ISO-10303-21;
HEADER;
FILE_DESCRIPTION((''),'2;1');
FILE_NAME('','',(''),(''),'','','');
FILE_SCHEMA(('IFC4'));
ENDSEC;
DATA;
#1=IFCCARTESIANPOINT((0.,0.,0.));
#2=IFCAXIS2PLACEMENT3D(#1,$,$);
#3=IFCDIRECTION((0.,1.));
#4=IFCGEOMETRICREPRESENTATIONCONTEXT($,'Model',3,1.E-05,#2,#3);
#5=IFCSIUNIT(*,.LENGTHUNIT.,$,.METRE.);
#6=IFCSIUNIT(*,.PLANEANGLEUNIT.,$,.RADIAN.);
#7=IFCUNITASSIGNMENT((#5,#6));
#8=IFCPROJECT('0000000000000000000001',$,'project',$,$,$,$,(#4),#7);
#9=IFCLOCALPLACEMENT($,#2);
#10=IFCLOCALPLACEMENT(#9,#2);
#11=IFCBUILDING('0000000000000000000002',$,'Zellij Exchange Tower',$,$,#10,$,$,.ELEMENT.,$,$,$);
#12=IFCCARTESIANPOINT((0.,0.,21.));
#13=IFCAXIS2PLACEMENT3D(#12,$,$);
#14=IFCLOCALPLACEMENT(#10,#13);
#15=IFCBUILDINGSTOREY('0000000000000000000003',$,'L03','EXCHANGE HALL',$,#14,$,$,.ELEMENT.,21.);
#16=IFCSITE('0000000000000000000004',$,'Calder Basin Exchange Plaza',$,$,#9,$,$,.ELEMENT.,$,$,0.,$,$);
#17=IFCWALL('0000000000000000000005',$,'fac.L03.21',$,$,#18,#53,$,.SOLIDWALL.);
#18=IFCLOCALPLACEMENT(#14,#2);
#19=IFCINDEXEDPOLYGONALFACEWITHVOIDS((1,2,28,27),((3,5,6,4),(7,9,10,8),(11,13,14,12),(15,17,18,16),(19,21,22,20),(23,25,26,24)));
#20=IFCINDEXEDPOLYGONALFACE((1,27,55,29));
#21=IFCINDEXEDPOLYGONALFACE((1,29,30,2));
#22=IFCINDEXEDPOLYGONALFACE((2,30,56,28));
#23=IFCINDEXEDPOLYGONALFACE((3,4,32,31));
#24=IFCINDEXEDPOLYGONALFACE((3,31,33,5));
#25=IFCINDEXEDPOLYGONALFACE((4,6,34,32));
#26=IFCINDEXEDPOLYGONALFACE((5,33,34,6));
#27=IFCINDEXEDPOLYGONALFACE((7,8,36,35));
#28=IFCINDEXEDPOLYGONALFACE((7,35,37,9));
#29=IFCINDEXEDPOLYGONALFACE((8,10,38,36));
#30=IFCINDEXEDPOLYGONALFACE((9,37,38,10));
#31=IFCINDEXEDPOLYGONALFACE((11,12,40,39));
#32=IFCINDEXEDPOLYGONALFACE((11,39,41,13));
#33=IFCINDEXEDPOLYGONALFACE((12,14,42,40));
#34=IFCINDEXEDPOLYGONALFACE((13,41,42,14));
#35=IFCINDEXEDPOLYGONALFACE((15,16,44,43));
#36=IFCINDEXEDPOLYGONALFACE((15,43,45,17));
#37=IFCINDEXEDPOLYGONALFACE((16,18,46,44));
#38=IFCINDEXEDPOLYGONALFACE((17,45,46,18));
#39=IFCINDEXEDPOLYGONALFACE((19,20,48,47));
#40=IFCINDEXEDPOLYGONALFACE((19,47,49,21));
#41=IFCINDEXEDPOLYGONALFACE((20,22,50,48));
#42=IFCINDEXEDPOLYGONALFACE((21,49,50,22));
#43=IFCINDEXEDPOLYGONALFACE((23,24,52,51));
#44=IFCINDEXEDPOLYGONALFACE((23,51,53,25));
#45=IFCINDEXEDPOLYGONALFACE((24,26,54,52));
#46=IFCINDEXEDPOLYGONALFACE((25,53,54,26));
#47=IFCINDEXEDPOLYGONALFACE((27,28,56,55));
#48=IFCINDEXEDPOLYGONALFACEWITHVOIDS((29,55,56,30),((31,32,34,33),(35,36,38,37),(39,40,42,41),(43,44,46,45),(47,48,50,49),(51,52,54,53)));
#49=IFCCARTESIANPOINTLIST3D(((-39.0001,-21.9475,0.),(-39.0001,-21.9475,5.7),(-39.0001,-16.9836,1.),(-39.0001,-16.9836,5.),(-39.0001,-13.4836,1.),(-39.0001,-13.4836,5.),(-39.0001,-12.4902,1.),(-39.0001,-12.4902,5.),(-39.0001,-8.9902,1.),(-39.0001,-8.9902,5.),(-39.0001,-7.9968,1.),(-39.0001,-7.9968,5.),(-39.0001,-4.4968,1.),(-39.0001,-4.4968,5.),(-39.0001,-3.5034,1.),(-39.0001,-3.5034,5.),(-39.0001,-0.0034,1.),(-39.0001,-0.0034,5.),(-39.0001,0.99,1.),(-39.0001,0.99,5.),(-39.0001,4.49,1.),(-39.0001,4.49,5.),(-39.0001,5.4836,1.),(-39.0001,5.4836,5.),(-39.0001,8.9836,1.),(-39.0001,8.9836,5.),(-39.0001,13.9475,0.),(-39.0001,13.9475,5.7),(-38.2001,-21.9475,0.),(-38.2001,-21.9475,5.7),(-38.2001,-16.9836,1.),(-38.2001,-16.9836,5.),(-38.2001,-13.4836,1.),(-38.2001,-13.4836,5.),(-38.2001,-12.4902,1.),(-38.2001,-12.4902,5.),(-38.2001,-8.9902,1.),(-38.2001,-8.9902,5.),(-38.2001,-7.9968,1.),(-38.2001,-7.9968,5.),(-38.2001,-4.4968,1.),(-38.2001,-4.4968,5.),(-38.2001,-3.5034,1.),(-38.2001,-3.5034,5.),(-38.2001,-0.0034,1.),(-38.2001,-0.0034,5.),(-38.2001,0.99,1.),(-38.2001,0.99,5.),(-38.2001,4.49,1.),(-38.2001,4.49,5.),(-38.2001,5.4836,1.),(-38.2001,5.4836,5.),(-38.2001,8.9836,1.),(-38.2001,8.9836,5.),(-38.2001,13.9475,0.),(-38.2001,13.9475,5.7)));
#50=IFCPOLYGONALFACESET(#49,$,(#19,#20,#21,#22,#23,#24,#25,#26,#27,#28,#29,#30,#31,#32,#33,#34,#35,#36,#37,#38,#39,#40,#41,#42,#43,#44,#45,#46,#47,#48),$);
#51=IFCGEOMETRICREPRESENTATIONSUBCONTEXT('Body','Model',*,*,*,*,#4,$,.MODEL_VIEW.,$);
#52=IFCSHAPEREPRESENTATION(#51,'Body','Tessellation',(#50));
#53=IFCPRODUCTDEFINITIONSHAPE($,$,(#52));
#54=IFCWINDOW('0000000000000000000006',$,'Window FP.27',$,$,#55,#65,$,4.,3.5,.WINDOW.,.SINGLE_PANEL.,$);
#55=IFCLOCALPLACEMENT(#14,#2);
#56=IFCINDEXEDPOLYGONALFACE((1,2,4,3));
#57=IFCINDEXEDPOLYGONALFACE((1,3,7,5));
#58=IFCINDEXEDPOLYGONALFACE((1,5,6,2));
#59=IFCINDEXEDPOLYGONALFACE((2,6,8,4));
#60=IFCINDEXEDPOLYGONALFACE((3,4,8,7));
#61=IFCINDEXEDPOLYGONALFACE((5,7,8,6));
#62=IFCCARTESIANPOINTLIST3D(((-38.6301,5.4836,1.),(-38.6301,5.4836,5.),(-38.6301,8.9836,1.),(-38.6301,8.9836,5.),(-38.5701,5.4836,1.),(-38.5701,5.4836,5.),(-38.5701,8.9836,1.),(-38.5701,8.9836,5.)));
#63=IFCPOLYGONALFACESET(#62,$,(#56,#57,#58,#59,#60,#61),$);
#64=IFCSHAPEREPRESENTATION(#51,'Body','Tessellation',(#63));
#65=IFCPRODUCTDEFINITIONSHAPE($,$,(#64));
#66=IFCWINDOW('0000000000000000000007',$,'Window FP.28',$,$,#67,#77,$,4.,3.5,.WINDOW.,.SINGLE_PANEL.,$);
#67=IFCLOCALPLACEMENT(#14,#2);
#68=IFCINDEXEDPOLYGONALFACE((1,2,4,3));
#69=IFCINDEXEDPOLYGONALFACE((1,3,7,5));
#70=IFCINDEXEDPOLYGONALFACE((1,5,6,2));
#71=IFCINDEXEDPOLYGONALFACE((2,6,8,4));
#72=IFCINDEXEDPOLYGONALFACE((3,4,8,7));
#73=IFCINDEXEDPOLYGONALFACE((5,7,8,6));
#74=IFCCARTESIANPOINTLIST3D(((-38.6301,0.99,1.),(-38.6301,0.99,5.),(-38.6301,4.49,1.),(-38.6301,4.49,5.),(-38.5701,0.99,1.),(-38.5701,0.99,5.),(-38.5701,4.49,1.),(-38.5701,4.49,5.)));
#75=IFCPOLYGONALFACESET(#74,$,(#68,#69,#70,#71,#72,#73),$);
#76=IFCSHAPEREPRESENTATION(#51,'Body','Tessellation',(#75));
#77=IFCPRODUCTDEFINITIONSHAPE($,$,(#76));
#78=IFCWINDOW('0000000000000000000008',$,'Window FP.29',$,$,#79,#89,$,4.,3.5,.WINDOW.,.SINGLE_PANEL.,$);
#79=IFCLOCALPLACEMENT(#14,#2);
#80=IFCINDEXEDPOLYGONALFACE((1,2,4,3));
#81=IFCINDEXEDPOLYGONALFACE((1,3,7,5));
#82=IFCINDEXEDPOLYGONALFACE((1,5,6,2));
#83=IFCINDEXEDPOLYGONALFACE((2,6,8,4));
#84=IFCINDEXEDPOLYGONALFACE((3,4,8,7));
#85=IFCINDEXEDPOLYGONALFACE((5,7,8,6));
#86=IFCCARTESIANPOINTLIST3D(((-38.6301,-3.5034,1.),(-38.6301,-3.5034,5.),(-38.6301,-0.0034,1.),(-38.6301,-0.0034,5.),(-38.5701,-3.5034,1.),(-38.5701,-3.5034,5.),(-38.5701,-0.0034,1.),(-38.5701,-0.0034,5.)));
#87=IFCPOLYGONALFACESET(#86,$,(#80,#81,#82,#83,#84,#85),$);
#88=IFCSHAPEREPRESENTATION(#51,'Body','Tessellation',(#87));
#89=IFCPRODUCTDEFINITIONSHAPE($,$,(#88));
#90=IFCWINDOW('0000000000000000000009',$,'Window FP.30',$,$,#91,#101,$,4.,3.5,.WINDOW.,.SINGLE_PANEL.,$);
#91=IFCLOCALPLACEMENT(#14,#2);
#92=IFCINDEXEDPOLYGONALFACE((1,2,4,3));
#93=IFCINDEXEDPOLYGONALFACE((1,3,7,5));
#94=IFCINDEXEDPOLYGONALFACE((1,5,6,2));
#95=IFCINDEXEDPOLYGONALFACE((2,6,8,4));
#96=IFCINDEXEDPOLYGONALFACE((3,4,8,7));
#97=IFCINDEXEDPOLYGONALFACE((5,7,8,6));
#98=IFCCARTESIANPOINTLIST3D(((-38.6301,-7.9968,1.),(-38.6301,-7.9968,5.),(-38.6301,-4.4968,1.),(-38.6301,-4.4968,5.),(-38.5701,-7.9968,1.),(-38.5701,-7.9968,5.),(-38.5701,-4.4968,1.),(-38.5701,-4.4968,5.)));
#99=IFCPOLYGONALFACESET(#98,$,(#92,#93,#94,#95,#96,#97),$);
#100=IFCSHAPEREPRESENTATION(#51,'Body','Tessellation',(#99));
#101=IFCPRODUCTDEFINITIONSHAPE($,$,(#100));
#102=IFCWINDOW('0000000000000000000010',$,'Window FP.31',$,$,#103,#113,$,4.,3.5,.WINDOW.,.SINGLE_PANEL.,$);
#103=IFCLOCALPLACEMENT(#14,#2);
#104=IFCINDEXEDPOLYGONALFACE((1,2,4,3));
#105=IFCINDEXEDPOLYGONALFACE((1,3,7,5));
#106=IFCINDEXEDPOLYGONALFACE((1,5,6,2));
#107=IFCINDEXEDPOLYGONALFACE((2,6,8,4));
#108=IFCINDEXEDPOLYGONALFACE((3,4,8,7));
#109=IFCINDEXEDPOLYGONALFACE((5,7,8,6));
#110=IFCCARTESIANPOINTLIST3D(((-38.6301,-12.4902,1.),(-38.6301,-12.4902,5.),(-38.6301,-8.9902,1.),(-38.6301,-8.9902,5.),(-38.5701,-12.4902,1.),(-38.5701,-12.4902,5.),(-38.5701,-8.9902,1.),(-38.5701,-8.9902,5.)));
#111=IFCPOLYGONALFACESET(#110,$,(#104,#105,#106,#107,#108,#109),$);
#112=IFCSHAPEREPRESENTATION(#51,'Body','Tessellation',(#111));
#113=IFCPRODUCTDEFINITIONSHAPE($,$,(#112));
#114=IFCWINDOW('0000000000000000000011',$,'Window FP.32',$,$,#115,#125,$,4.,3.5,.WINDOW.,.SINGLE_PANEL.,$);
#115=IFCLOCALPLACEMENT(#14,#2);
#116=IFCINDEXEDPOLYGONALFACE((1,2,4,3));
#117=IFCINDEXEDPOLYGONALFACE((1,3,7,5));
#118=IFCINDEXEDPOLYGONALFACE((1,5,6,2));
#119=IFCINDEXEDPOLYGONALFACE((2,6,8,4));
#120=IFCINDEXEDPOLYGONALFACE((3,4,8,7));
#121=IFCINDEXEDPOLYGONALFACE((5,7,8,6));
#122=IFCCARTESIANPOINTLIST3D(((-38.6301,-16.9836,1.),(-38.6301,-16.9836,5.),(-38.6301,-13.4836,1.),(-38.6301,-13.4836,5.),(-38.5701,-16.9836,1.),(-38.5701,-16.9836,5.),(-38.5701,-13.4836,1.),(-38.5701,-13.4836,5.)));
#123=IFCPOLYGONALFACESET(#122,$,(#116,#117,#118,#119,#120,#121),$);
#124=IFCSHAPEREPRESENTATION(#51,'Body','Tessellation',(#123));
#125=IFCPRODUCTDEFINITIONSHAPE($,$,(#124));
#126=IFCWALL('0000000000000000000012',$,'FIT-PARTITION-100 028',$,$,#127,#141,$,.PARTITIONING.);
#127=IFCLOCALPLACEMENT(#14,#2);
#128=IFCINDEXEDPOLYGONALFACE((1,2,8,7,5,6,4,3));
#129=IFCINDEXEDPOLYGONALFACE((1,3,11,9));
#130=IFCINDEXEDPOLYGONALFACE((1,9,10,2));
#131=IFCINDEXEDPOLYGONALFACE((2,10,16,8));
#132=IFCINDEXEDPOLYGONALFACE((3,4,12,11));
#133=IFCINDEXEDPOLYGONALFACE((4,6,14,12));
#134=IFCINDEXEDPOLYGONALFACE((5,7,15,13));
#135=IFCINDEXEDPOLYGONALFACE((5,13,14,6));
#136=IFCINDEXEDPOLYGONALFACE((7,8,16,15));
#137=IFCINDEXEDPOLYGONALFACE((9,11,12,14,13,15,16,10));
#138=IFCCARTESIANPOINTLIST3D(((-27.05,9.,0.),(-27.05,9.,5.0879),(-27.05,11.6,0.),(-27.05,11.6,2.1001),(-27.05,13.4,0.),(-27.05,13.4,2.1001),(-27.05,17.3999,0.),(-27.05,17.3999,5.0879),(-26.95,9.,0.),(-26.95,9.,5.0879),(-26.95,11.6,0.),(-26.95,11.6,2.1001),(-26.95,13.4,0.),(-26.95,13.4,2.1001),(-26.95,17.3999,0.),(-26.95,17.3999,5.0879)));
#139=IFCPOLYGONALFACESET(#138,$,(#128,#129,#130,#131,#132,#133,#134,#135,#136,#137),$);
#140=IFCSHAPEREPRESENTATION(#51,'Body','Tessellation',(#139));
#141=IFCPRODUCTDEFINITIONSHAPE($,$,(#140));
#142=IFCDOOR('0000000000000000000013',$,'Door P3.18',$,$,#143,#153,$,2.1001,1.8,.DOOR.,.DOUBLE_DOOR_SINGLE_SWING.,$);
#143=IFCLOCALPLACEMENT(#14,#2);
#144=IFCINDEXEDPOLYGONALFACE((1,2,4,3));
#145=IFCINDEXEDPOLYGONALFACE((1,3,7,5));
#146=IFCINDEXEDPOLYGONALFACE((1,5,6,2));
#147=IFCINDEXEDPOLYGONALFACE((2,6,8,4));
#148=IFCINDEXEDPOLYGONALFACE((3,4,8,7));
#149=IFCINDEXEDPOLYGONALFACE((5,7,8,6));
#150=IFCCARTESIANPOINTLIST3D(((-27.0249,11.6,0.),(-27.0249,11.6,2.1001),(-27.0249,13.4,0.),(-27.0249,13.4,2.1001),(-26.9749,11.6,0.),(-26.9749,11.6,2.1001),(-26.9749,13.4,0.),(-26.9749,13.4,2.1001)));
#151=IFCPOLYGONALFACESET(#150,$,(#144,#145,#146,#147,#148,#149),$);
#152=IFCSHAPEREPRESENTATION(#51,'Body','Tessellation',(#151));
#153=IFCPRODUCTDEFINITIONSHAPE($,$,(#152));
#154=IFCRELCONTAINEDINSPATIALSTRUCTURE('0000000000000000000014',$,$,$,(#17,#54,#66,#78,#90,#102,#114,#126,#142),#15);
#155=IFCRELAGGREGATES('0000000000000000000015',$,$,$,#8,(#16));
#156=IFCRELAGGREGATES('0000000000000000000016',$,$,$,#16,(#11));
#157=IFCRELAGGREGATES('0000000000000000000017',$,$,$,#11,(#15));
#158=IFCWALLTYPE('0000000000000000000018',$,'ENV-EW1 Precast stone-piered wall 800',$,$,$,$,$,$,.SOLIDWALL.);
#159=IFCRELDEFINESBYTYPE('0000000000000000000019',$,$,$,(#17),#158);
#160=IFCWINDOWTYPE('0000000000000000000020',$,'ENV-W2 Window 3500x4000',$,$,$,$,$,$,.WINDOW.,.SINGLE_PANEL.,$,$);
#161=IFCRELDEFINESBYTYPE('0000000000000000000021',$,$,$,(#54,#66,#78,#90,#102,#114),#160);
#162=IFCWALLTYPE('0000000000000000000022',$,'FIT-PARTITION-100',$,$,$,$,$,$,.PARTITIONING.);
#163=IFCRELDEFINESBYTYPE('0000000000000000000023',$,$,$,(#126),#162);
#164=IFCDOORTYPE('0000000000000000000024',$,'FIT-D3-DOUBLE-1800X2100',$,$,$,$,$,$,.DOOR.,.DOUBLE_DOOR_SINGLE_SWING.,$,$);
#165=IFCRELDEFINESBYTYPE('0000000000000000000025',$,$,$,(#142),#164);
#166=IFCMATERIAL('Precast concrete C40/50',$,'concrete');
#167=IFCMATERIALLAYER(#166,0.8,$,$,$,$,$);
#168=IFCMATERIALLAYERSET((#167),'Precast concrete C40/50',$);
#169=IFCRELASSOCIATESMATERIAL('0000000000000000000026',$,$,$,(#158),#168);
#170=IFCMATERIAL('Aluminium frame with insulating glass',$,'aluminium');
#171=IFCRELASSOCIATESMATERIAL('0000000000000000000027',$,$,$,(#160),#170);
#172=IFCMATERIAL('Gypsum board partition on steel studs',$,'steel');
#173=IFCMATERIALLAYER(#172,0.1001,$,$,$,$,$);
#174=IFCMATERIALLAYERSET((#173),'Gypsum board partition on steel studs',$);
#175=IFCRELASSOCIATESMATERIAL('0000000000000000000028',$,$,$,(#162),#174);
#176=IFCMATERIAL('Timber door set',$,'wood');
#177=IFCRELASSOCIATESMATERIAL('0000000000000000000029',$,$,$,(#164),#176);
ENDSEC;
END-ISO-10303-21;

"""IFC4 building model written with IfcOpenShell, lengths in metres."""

from ifc_helpers import new_model, si_unit, direction, frame, frame_2d, origin, place, context, subcontext, project, spatial, rectangle, extrude, material, layer, layer_set, type_object, element, fill, save


model = new_model("IFC4")

# Units and contexts
model_context = context("Model", 3, precision=1e-05, world=origin(), true_north=direction((0.0, 1.0)))
body_context = subcontext(model_context, "Body", "Model", "MODEL_VIEW")
ifc_project = project(units=[si_unit("LENGTHUNIT", "METRE"), si_unit("PLANEANGLEUNIT", "RADIAN")], contexts=[model_context])

# Site, building, storey
site_placement = place(None, origin())
site = spatial("IfcSite", under=ifc_project, at=site_placement, Name="Calder Basin Exchange Plaza", CompositionType="ELEMENT", RefElevation=0.0)
building_placement = place(site_placement, origin())
building = spatial("IfcBuilding", under=site, at=building_placement, Name="Zellij Exchange Tower", CompositionType="ELEMENT")
storey_placement = place(building_placement, frame((0.0, 0.0, 21.0)))
storey = spatial("IfcBuildingStorey", under=building, at=storey_placement, Name="L03", Description="EXCHANGE HALL", CompositionType="ELEMENT", Elevation=21.0)

# Shared definitions
ifc_material_1 = material(Name="Precast concrete C40/50", Category="concrete")
ifc_layer_1 = layer(ifc_material_1, 0.8)
ifc_layer_set_1 = layer_set([ifc_layer_1], Name="Precast concrete C40/50")
wall_type_1 = type_object("IfcWallType", Name="ENV-EW1 Precast stone-piered wall 800", PredefinedType="SOLIDWALL", material=ifc_layer_set_1)

# Wall, openings, windows
wall_1_placement = place(storey_placement, frame((-38.6001, 13.9475, 0.0), z_axis=(0.0, 0.0, 1.0), x_axis=(0.0, -1.0, 0.0)))
wall_1 = element("IfcWall", 1, at=wall_1_placement, inside=storey, type_object=wall_type_1, Name="fac.L03.21", PredefinedType="SOLIDWALL", context=body_context, shape_type="SweptSolid", body=[
    extrude(rectangle(XDim=35.895, YDim=0.8, at=frame_2d((17.9475, 0.0))), origin(), (0.0, 0.0, 1.0), 5.7),
])
opening_1_placement = place(wall_1_placement, frame((4.9639, 0.0, 1.0)))
opening_1 = element("IfcOpeningElement", 2, at=opening_1_placement, cuts=wall_1, PredefinedType="OPENING", context=body_context, shape_type="SweptSolid", body=[
    extrude(rectangle(XDim=3.5, YDim=4.0, at=frame_2d((1.75, 2.0))), frame((0.0, 0.4121, 0.0), z_axis=(0.0, -1.0, 0.0), x_axis=(1.0, 0.0, 0.0)), (0.0, 0.0, 1.0), 0.824),
])
opening_2_placement = place(wall_1_placement, frame((9.4575, 0.0, 1.0)))
opening_2 = element("IfcOpeningElement", 3, at=opening_2_placement, cuts=wall_1, PredefinedType="OPENING", context=body_context, shape_type="SweptSolid", body=[
    extrude(rectangle(XDim=3.5, YDim=4.0, at=frame_2d((1.75, 2.0))), frame((0.0, 0.4121, 0.0), z_axis=(0.0, -1.0, 0.0), x_axis=(1.0, 0.0, 0.0)), (0.0, 0.0, 1.0), 0.824),
])
opening_3_placement = place(wall_1_placement, frame((13.9509, 0.0, 1.0)))
opening_3 = element("IfcOpeningElement", 4, at=opening_3_placement, cuts=wall_1, PredefinedType="OPENING", context=body_context, shape_type="SweptSolid", body=[
    extrude(rectangle(XDim=3.5, YDim=4.0, at=frame_2d((1.75, 2.0))), frame((0.0, 0.4121, 0.0), z_axis=(0.0, -1.0, 0.0), x_axis=(1.0, 0.0, 0.0)), (0.0, 0.0, 1.0), 0.824),
])
opening_4_placement = place(wall_1_placement, frame((18.4443, 0.0, 1.0)))
opening_4 = element("IfcOpeningElement", 5, at=opening_4_placement, cuts=wall_1, PredefinedType="OPENING", context=body_context, shape_type="SweptSolid", body=[
    extrude(rectangle(XDim=3.5, YDim=4.0, at=frame_2d((1.75, 2.0))), frame((0.0, 0.4121, 0.0), z_axis=(0.0, -1.0, 0.0), x_axis=(1.0, 0.0, 0.0)), (0.0, 0.0, 1.0), 0.824),
])
opening_5_placement = place(wall_1_placement, frame((22.9377, 0.0, 1.0)))
opening_5 = element("IfcOpeningElement", 6, at=opening_5_placement, cuts=wall_1, PredefinedType="OPENING", context=body_context, shape_type="SweptSolid", body=[
    extrude(rectangle(XDim=3.5, YDim=4.0, at=frame_2d((1.75, 2.0))), frame((0.0, 0.4121, 0.0), z_axis=(0.0, -1.0, 0.0), x_axis=(1.0, 0.0, 0.0)), (0.0, 0.0, 1.0), 0.824),
])
opening_6_placement = place(wall_1_placement, frame((27.4312, 0.0, 1.0)))
opening_6 = element("IfcOpeningElement", 7, at=opening_6_placement, cuts=wall_1, PredefinedType="OPENING", context=body_context, shape_type="SweptSolid", body=[
    extrude(rectangle(XDim=3.5, YDim=4.0, at=frame_2d((1.75, 2.0))), frame((0.0, 0.4121, 0.0), z_axis=(0.0, -1.0, 0.0), x_axis=(1.0, 0.0, 0.0)), (0.0, 0.0, 1.0), 0.824),
])
ifc_material_2 = material(Name="Aluminium frame with insulating glass", Category="aluminium")
window_type = type_object("IfcWindowType", Name="ENV-W2 Window 3500x4000", PartitioningType="SINGLE_PANEL", PredefinedType="WINDOW", material=ifc_material_2)
window_1_placement = place(opening_1_placement, origin())
window_1 = element("IfcWindow", 8, at=window_1_placement, inside=storey, type_object=window_type, Name="Window FP.27", OverallHeight=4.0, OverallWidth=3.5, PartitioningType="SINGLE_PANEL", PredefinedType="WINDOW", context=body_context, shape_type="SweptSolid", body=[
    extrude(rectangle(XDim=3.5, YDim=4.0, at=frame_2d((1.75, 2.0))), frame((0.0, 0.03, 0.0), z_axis=(0.0, -1.0, 0.0), x_axis=(1.0, 0.0, 0.0)), (0.0, 0.0, 1.0), 0.0601),
])
fill(opening_1, window_1)
window_2_placement = place(opening_2_placement, origin())
window_2 = element("IfcWindow", 9, at=window_2_placement, inside=storey, type_object=window_type, Name="Window FP.28", OverallHeight=4.0, OverallWidth=3.5, PartitioningType="SINGLE_PANEL", PredefinedType="WINDOW", context=body_context, shape_type="SweptSolid", body=[
    extrude(rectangle(XDim=3.5, YDim=4.0, at=frame_2d((1.75, 2.0))), frame((0.0, 0.03, 0.0), z_axis=(0.0, -1.0, 0.0), x_axis=(1.0, 0.0, 0.0)), (0.0, 0.0, 1.0), 0.0601),
])
fill(opening_2, window_2)
window_3_placement = place(opening_3_placement, origin())
window_3 = element("IfcWindow", 10, at=window_3_placement, inside=storey, type_object=window_type, Name="Window FP.29", OverallHeight=4.0, OverallWidth=3.5, PartitioningType="SINGLE_PANEL", PredefinedType="WINDOW", context=body_context, shape_type="SweptSolid", body=[
    extrude(rectangle(XDim=3.5, YDim=4.0, at=frame_2d((1.75, 2.0))), frame((0.0, 0.03, 0.0), z_axis=(0.0, -1.0, 0.0), x_axis=(1.0, 0.0, 0.0)), (0.0, 0.0, 1.0), 0.0601),
])
fill(opening_3, window_3)
window_4_placement = place(opening_4_placement, origin())
window_4 = element("IfcWindow", 11, at=window_4_placement, inside=storey, type_object=window_type, Name="Window FP.30", OverallHeight=4.0, OverallWidth=3.5, PartitioningType="SINGLE_PANEL", PredefinedType="WINDOW", context=body_context, shape_type="SweptSolid", body=[
    extrude(rectangle(XDim=3.5, YDim=4.0, at=frame_2d((1.75, 2.0))), frame((0.0, 0.03, 0.0), z_axis=(0.0, -1.0, 0.0), x_axis=(1.0, 0.0, 0.0)), (0.0, 0.0, 1.0), 0.0601),
])
fill(opening_4, window_4)
window_5_placement = place(opening_5_placement, origin())
window_5 = element("IfcWindow", 12, at=window_5_placement, inside=storey, type_object=window_type, Name="Window FP.31", OverallHeight=4.0, OverallWidth=3.5, PartitioningType="SINGLE_PANEL", PredefinedType="WINDOW", context=body_context, shape_type="SweptSolid", body=[
    extrude(rectangle(XDim=3.5, YDim=4.0, at=frame_2d((1.75, 2.0))), frame((0.0, 0.03, 0.0), z_axis=(0.0, -1.0, 0.0), x_axis=(1.0, 0.0, 0.0)), (0.0, 0.0, 1.0), 0.0601),
])
fill(opening_5, window_5)
window_6_placement = place(opening_6_placement, origin())
window_6 = element("IfcWindow", 13, at=window_6_placement, inside=storey, type_object=window_type, Name="Window FP.32", OverallHeight=4.0, OverallWidth=3.5, PartitioningType="SINGLE_PANEL", PredefinedType="WINDOW", context=body_context, shape_type="SweptSolid", body=[
    extrude(rectangle(XDim=3.5, YDim=4.0, at=frame_2d((1.75, 2.0))), frame((0.0, 0.03, 0.0), z_axis=(0.0, -1.0, 0.0), x_axis=(1.0, 0.0, 0.0)), (0.0, 0.0, 1.0), 0.0601),
])
fill(opening_6, window_6)

# Wall, opening, door
ifc_material_3 = material(Name="Gypsum board partition on steel studs", Category="steel")
ifc_layer_2 = layer(ifc_material_3, 0.1001)
ifc_layer_set_2 = layer_set([ifc_layer_2], Name="Gypsum board partition on steel studs")
wall_type_2 = type_object("IfcWallType", Name="FIT-PARTITION-100", PredefinedType="PARTITIONING", material=ifc_layer_set_2)
wall_2_placement = place(storey_placement, frame((-27.0, 9.0, 0.0), z_axis=(0.0, 0.0, 1.0), x_axis=(0.0, 1.0, 0.0)))
wall_2 = element("IfcWall", 14, at=wall_2_placement, inside=storey, type_object=wall_type_2, Name="FIT-PARTITION-100 028", PredefinedType="PARTITIONING", context=body_context, shape_type="SweptSolid", body=[
    extrude(rectangle(XDim=8.3999, YDim=0.1001, at=frame_2d((4.2, 0.0))), origin(), (0.0, 0.0, 1.0), 5.0879),
])
opening_7_placement = place(wall_2_placement, frame((2.6001, 0.0, 0.0)))
opening_7 = element("IfcOpeningElement", 15, at=opening_7_placement, cuts=wall_2, PredefinedType="OPENING", context=body_context, shape_type="SweptSolid", body=[
    extrude(rectangle(XDim=1.8, YDim=2.1001, at=frame_2d((0.8999, 1.05))), frame((0.0, 0.062, 0.0), z_axis=(0.0, -1.0, 0.0), x_axis=(1.0, 0.0, 0.0)), (0.0, 0.0, 1.0), 0.124),
])
ifc_material_4 = material(Name="Timber door set", Category="wood")
door_type = type_object("IfcDoorType", Name="FIT-D3-DOUBLE-1800X2100", OperationType="DOUBLE_DOOR_SINGLE_SWING", PredefinedType="DOOR", material=ifc_material_4)
door_placement = place(opening_7_placement, origin())
door = element("IfcDoor", 16, at=door_placement, inside=storey, type_object=door_type, Name="Door P3.18", OperationType="DOUBLE_DOOR_SINGLE_SWING", OverallHeight=2.1001, OverallWidth=1.8, PredefinedType="DOOR", context=body_context, shape_type="SweptSolid", body=[
    extrude(rectangle(XDim=1.8, YDim=2.1001, at=frame_2d((0.8999, 1.05))), frame((0.0, 0.0249, 0.0), z_axis=(0.0, -1.0, 0.0), x_axis=(1.0, 0.0, 0.0)), (0.0, 0.0, 1.0), 0.05),
])
fill(opening_7, door)

save(model, "model.ifc")
